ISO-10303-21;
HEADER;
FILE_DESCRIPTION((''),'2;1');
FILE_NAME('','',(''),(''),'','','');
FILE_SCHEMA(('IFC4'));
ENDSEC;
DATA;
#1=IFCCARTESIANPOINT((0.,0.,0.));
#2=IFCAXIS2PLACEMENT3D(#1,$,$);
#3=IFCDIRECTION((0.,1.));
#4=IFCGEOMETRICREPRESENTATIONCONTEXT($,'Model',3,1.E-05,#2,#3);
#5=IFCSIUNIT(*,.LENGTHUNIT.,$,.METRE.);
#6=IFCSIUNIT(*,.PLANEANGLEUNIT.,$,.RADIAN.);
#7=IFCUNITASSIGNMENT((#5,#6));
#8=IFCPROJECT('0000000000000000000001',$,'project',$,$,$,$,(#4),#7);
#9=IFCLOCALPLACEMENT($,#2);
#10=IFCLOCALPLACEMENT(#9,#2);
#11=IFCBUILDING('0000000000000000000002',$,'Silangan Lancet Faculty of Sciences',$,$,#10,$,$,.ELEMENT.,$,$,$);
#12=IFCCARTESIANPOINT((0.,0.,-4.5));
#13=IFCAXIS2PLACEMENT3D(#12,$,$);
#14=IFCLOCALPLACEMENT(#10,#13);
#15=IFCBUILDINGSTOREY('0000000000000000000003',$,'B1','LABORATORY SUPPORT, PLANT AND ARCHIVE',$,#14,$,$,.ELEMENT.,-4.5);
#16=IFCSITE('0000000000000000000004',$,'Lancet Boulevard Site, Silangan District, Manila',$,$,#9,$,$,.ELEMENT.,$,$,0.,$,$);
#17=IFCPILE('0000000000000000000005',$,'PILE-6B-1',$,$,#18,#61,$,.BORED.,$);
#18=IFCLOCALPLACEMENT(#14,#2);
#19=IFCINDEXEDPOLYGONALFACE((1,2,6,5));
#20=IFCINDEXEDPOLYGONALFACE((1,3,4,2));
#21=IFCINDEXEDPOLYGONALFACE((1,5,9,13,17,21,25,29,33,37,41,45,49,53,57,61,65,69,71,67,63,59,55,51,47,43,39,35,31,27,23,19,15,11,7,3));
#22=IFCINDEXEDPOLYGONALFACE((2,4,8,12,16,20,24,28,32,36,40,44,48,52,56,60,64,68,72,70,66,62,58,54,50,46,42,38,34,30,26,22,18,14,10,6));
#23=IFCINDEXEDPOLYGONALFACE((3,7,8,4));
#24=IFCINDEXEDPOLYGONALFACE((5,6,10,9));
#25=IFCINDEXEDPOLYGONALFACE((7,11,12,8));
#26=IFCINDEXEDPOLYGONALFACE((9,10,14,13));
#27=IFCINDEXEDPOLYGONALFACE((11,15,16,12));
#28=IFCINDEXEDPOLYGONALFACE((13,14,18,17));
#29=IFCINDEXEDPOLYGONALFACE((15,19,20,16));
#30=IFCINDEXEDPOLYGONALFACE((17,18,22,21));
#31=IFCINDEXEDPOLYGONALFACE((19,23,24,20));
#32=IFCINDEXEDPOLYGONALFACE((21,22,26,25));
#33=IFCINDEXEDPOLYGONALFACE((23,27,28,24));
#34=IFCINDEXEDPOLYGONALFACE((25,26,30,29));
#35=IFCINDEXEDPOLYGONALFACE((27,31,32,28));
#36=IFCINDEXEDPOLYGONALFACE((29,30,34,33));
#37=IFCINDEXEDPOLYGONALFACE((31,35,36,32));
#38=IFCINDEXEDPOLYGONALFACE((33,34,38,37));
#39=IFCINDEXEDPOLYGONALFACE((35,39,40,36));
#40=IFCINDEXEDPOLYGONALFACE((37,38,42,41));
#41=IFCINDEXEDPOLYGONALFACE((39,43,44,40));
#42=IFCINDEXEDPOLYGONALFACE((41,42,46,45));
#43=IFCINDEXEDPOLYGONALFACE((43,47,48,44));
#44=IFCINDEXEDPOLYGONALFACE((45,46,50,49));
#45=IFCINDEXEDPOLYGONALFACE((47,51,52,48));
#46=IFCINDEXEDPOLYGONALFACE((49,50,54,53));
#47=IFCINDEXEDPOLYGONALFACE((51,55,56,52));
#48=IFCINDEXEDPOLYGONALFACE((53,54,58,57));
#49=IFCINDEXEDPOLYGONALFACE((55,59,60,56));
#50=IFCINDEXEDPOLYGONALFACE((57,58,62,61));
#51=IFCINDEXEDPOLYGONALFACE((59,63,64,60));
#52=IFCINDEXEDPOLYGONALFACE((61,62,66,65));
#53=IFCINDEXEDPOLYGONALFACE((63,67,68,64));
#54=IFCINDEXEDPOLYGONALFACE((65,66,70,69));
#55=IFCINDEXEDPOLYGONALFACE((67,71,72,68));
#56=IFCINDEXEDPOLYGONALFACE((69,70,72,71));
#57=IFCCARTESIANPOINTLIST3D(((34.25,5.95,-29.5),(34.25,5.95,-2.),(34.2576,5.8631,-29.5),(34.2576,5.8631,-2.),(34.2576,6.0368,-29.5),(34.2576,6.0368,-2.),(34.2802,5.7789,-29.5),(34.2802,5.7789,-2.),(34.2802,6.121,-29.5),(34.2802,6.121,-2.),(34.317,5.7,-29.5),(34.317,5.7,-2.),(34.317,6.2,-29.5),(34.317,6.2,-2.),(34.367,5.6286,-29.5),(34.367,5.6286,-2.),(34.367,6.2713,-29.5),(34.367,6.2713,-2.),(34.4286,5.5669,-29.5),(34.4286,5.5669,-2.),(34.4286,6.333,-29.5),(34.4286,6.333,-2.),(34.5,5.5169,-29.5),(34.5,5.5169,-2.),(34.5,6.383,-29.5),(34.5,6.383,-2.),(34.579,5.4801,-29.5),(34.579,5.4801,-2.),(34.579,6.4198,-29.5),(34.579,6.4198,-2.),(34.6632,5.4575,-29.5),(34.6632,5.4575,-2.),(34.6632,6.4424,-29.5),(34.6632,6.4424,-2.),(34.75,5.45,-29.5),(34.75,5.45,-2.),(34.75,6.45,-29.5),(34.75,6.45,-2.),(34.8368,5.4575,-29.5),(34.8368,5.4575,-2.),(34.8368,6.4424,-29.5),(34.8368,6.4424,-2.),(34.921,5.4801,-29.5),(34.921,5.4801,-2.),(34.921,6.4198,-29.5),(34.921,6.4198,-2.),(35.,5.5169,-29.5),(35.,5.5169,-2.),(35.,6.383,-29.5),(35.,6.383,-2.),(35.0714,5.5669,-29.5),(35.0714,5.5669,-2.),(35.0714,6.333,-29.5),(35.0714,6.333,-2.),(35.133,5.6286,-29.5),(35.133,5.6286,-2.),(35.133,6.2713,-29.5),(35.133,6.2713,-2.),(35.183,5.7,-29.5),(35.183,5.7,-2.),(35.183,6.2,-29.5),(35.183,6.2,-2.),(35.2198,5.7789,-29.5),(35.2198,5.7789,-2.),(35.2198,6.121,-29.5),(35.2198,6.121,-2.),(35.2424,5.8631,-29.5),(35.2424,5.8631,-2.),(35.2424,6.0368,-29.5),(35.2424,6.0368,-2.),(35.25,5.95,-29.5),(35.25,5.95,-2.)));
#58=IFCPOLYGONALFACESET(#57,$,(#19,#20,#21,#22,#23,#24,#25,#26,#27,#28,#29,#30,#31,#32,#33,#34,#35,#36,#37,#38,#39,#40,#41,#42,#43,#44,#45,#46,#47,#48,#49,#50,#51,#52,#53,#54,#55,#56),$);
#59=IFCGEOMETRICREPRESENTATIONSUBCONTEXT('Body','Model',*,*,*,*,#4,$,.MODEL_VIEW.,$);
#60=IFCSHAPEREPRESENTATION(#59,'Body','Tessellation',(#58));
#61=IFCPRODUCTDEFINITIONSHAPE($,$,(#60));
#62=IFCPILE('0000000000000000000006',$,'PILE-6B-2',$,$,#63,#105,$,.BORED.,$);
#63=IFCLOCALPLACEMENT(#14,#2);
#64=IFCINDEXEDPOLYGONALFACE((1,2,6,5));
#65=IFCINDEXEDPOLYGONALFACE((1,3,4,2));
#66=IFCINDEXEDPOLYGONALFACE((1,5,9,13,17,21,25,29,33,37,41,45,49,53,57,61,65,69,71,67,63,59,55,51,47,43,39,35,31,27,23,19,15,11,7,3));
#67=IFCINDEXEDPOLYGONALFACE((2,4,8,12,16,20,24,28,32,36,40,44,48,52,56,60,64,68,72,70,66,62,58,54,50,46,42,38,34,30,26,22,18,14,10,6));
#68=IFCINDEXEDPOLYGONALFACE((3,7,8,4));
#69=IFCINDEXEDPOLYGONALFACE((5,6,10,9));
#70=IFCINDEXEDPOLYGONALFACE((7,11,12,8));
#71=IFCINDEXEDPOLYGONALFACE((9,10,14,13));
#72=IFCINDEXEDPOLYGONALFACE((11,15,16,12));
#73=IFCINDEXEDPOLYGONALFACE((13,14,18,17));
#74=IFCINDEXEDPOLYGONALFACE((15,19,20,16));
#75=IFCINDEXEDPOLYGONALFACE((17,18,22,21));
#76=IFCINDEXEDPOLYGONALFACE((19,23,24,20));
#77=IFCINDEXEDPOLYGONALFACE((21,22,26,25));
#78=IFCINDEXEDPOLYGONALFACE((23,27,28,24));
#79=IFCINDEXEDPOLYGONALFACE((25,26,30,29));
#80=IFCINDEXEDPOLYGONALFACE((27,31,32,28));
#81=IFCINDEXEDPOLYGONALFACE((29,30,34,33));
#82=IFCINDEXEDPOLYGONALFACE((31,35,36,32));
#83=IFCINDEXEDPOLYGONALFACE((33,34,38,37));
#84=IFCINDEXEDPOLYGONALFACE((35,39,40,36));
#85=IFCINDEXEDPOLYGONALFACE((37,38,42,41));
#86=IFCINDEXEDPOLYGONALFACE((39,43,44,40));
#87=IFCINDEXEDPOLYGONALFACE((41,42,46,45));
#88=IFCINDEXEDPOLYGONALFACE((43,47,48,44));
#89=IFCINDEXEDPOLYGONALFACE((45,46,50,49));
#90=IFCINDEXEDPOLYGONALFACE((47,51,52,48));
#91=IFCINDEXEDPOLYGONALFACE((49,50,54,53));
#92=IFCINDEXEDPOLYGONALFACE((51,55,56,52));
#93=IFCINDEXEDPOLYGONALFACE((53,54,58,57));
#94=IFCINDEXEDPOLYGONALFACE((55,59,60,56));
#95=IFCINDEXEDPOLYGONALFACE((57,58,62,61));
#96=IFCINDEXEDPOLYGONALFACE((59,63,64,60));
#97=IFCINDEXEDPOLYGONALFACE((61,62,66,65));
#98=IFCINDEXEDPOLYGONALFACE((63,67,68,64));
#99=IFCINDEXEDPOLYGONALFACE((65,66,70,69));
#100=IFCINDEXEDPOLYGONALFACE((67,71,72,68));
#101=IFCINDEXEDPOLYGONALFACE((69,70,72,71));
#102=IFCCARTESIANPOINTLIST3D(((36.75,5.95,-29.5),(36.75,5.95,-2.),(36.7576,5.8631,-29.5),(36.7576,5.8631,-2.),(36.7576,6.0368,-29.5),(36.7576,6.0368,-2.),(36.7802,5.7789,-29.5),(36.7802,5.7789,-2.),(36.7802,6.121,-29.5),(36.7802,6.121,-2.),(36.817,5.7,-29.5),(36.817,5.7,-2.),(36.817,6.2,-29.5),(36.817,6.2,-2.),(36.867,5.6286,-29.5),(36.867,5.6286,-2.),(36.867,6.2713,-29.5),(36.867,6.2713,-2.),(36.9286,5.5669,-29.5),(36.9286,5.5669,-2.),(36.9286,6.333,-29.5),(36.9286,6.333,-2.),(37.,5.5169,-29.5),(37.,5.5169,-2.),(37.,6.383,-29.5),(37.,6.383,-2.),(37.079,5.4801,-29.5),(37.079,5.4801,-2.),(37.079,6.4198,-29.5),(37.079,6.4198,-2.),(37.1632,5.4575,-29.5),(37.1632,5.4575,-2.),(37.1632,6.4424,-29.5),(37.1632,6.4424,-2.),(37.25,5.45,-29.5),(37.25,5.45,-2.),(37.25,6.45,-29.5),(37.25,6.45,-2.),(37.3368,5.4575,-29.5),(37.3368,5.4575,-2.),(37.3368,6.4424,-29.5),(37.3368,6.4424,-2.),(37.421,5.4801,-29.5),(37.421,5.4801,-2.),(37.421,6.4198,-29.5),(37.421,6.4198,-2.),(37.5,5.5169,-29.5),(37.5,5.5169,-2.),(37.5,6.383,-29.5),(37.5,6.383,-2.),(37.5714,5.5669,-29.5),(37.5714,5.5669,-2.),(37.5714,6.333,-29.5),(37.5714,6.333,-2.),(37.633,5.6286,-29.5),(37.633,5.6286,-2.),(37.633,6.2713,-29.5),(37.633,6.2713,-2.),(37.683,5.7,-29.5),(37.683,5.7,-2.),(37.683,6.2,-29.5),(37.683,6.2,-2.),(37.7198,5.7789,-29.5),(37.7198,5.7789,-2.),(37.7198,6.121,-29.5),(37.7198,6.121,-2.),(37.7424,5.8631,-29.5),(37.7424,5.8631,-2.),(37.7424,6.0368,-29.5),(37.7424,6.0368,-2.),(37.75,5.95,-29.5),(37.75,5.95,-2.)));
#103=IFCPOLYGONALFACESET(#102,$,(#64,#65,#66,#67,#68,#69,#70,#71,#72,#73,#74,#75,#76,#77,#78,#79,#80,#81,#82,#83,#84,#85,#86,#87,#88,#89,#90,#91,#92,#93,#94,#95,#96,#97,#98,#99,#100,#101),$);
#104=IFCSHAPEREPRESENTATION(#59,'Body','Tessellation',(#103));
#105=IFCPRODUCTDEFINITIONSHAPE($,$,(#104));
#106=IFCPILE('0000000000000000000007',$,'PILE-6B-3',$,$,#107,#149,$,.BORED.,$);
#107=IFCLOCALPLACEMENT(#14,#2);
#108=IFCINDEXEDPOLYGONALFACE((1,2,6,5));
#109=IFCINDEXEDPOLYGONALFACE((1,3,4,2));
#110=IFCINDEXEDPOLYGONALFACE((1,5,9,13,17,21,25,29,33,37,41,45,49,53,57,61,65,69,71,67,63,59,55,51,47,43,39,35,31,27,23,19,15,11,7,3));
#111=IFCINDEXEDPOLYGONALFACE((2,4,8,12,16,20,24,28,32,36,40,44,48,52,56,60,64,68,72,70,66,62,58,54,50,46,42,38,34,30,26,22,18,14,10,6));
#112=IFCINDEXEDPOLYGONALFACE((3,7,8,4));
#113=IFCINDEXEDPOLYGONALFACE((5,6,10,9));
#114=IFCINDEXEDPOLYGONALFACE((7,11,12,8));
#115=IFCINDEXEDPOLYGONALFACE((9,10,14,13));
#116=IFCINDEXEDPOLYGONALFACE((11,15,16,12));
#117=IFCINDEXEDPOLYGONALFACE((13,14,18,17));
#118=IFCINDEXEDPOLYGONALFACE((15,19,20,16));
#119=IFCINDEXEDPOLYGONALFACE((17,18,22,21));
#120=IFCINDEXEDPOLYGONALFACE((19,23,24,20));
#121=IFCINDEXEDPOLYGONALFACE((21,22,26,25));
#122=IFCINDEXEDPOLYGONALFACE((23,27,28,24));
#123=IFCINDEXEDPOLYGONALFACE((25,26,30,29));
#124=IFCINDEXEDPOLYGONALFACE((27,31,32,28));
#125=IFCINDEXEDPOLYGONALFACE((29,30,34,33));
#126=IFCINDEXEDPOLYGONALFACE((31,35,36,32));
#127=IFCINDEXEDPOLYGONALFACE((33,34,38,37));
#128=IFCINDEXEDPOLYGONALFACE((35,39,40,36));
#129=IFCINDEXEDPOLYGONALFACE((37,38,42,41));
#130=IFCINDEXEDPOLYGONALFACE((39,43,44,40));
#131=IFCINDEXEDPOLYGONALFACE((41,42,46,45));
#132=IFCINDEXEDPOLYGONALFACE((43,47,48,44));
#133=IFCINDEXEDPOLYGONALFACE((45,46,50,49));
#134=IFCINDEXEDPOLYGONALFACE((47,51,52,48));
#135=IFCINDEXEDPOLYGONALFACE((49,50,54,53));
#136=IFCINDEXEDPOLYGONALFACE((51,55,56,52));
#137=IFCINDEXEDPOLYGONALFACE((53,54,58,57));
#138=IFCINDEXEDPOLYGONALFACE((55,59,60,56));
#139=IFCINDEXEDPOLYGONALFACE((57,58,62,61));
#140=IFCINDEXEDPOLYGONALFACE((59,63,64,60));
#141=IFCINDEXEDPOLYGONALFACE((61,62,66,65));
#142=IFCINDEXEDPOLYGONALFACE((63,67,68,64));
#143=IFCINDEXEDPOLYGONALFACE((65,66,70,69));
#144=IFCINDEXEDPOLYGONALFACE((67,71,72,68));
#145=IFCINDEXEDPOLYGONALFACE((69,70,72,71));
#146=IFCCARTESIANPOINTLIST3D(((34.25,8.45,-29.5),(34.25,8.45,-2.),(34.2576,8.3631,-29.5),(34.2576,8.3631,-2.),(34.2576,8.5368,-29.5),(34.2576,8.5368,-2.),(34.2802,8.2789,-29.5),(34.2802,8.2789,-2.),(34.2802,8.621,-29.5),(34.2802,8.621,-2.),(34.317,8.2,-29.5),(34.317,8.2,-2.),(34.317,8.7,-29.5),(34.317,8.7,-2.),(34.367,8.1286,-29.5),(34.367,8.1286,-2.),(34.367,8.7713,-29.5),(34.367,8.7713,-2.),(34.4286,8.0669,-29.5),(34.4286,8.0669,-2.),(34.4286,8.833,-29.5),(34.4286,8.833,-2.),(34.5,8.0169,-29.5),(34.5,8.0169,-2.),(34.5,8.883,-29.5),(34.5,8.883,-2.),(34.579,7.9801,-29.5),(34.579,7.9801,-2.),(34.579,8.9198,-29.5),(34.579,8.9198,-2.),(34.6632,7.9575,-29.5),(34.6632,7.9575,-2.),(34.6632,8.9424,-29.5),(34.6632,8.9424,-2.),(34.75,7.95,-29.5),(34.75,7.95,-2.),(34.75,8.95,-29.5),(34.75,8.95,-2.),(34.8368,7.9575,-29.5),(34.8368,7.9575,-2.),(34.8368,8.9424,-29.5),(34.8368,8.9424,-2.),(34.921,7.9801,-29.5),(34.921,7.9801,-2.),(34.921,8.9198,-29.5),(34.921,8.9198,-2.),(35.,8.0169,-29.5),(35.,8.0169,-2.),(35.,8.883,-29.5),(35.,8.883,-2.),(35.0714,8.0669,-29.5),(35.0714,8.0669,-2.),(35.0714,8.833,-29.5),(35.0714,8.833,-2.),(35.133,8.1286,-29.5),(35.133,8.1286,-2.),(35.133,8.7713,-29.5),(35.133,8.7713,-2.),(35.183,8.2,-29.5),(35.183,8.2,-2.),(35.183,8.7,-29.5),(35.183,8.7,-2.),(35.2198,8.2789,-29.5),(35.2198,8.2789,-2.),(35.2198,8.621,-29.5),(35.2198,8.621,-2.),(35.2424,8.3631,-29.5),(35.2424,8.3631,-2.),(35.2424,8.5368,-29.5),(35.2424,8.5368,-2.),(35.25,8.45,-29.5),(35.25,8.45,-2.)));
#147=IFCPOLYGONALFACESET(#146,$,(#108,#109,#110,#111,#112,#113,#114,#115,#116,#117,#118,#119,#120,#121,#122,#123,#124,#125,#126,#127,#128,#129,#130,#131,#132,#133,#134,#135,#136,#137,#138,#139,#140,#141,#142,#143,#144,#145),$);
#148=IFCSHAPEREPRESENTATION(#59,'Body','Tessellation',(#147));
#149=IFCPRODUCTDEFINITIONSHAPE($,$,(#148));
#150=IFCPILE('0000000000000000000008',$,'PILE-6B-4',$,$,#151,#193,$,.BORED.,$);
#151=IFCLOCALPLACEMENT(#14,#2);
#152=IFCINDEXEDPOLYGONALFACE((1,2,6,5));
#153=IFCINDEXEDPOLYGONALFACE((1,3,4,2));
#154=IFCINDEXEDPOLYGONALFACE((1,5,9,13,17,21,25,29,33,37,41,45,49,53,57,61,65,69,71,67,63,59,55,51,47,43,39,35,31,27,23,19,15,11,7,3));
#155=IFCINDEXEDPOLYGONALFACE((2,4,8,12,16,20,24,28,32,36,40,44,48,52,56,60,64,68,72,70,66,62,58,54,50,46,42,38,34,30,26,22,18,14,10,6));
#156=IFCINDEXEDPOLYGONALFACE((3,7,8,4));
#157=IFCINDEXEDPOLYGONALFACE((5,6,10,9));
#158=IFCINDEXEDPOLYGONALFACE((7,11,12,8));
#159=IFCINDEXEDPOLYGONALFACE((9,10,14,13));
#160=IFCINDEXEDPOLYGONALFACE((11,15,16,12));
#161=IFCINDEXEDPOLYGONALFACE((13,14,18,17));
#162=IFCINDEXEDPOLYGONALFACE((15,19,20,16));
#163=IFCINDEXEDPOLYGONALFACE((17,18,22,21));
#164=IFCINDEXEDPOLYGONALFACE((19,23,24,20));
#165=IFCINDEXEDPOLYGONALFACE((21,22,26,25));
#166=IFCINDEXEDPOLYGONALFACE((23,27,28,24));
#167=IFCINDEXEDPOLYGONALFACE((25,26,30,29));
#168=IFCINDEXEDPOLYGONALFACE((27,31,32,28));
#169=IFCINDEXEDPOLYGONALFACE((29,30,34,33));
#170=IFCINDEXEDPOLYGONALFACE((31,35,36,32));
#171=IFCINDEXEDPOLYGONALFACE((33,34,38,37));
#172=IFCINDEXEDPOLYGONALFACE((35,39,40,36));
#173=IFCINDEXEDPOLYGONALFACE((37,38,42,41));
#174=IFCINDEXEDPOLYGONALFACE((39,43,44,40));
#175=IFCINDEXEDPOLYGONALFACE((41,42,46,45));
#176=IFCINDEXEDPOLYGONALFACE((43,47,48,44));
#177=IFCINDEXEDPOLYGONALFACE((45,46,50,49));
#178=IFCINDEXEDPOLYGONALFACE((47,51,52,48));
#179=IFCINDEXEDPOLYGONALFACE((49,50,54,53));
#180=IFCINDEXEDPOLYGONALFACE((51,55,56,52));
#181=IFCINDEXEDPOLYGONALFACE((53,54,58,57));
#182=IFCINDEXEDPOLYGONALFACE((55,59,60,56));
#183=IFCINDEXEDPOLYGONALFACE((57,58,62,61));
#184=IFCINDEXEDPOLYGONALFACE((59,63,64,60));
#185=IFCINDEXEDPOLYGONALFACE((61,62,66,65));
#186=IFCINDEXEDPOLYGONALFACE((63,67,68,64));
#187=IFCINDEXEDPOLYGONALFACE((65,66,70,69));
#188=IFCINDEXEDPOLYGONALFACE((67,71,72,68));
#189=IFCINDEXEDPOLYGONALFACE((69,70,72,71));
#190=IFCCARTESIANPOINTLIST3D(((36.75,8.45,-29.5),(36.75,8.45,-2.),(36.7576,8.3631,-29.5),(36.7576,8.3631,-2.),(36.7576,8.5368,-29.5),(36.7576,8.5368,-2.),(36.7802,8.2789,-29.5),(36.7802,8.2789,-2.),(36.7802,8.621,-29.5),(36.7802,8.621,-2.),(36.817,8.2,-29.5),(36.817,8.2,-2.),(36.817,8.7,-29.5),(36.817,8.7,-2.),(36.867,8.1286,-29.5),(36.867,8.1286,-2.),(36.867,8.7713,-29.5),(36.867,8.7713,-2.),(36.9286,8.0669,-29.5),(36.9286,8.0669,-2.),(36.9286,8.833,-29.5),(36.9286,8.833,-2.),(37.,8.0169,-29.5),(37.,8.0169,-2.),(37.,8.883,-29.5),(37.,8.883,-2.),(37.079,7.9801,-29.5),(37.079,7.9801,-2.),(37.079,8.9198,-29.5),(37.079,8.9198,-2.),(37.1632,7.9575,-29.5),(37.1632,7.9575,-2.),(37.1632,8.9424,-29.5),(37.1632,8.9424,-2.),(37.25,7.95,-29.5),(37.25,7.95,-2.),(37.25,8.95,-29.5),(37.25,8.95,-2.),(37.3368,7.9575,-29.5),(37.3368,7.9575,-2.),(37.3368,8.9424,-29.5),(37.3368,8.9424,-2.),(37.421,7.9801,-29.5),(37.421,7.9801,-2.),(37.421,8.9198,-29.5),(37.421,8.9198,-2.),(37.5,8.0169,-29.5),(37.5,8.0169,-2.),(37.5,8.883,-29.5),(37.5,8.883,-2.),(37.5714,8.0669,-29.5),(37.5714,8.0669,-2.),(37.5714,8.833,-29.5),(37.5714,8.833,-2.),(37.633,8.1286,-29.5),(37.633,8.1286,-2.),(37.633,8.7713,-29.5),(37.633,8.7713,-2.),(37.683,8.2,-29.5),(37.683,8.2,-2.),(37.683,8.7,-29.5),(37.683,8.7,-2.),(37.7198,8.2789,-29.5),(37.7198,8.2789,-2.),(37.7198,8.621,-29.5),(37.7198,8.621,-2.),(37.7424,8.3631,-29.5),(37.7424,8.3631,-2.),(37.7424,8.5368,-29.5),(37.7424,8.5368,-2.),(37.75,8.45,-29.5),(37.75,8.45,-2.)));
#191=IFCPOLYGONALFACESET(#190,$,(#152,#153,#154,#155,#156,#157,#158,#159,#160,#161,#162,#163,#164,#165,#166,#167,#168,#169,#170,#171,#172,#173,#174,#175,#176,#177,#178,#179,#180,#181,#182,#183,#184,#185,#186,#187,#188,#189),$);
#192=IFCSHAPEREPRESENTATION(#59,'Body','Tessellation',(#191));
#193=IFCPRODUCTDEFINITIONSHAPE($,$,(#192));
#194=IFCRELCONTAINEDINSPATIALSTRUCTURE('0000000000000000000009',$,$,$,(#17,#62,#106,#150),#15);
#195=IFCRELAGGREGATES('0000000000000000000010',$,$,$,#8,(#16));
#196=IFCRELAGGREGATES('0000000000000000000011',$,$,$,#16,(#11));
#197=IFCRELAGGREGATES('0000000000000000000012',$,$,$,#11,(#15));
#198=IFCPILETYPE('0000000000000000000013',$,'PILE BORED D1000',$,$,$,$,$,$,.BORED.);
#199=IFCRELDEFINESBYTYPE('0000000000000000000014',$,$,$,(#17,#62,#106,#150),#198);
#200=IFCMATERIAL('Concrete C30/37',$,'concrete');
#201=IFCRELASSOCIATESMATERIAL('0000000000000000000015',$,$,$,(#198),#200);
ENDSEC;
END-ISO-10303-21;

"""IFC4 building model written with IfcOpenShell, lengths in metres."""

from ifc_helpers import new_model, si_unit, direction, frame, origin, origin_2d, place, context, subcontext, project, spatial, circle, extrude, material, material_profile, profile_set, type_object, element, save


model = new_model("IFC4")

# Units and contexts
model_context = context("Model", 3, precision=1e-05, world=origin(), true_north=direction((0.0, 1.0)))
body_context = subcontext(model_context, "Body", "Model", "MODEL_VIEW")
ifc_project = project(units=[si_unit("LENGTHUNIT", "METRE"), si_unit("PLANEANGLEUNIT", "RADIAN")], contexts=[model_context])

# Site, building, storey
site_placement = place(None, origin())
site = spatial("IfcSite", under=ifc_project, at=site_placement, Name="Lancet Boulevard Site, Silangan District, Manila", CompositionType="ELEMENT", RefElevation=0.0)
building_placement = place(site_placement, origin())
building = spatial("IfcBuilding", under=site, at=building_placement, Name="Silangan Lancet Faculty of Sciences", CompositionType="ELEMENT")
storey_placement = place(building_placement, frame((0.0, 0.0, -4.5)))
storey = spatial("IfcBuildingStorey", under=building, at=storey_placement, Name="B1", Description="LABORATORY SUPPORT, PLANT AND ARCHIVE", CompositionType="ELEMENT", Elevation=-4.5)

# Piles
ifc_material_1 = material(Name="Concrete C30/37", Category="concrete")
ifc_material_profile_1 = material_profile(ifc_material_1, circle(Radius=0.5, at=origin_2d()), Name="BORED PILE D1000")
ifc_profile_set_1 = profile_set([ifc_material_profile_1], Name="Concrete C30/37")
pile_type = type_object("IfcPileType", Name="PILE BORED D1000", PredefinedType="BORED", material=ifc_profile_set_1)
for number, where, z_axis, x_axis, name in (
    (1, (34.75, 5.95, -2.0), (0.0, 0.0, -1.0), (1.0, 0.0, 0.0), "PILE-6B-1"),
    (2, (37.25, 5.95, -2.0), (0.0, 0.0, -1.0), (1.0, 0.0, 0.0), "PILE-6B-2"),
    (3, (34.75, 8.45, -2.0), (0.0, 0.0, -1.0), (1.0, 0.0, 0.0), "PILE-6B-3"),
    (4, (37.25, 8.45, -2.0), (0.0, 0.0, -1.0), (1.0, 0.0, 0.0), "PILE-6B-4"),
):
    element("IfcPile", number, at=place(storey_placement, frame(where, z_axis=z_axis, x_axis=x_axis)), inside=storey, type_object=pile_type, Name=name, PredefinedType="BORED", context=body_context, shape_type="SweptSolid", body=[
        extrude(circle(Radius=0.5, at=origin_2d()), origin(), (0.0, 0.0, 1.0), 27.5),
    ])

save(model, "model.ifc")
